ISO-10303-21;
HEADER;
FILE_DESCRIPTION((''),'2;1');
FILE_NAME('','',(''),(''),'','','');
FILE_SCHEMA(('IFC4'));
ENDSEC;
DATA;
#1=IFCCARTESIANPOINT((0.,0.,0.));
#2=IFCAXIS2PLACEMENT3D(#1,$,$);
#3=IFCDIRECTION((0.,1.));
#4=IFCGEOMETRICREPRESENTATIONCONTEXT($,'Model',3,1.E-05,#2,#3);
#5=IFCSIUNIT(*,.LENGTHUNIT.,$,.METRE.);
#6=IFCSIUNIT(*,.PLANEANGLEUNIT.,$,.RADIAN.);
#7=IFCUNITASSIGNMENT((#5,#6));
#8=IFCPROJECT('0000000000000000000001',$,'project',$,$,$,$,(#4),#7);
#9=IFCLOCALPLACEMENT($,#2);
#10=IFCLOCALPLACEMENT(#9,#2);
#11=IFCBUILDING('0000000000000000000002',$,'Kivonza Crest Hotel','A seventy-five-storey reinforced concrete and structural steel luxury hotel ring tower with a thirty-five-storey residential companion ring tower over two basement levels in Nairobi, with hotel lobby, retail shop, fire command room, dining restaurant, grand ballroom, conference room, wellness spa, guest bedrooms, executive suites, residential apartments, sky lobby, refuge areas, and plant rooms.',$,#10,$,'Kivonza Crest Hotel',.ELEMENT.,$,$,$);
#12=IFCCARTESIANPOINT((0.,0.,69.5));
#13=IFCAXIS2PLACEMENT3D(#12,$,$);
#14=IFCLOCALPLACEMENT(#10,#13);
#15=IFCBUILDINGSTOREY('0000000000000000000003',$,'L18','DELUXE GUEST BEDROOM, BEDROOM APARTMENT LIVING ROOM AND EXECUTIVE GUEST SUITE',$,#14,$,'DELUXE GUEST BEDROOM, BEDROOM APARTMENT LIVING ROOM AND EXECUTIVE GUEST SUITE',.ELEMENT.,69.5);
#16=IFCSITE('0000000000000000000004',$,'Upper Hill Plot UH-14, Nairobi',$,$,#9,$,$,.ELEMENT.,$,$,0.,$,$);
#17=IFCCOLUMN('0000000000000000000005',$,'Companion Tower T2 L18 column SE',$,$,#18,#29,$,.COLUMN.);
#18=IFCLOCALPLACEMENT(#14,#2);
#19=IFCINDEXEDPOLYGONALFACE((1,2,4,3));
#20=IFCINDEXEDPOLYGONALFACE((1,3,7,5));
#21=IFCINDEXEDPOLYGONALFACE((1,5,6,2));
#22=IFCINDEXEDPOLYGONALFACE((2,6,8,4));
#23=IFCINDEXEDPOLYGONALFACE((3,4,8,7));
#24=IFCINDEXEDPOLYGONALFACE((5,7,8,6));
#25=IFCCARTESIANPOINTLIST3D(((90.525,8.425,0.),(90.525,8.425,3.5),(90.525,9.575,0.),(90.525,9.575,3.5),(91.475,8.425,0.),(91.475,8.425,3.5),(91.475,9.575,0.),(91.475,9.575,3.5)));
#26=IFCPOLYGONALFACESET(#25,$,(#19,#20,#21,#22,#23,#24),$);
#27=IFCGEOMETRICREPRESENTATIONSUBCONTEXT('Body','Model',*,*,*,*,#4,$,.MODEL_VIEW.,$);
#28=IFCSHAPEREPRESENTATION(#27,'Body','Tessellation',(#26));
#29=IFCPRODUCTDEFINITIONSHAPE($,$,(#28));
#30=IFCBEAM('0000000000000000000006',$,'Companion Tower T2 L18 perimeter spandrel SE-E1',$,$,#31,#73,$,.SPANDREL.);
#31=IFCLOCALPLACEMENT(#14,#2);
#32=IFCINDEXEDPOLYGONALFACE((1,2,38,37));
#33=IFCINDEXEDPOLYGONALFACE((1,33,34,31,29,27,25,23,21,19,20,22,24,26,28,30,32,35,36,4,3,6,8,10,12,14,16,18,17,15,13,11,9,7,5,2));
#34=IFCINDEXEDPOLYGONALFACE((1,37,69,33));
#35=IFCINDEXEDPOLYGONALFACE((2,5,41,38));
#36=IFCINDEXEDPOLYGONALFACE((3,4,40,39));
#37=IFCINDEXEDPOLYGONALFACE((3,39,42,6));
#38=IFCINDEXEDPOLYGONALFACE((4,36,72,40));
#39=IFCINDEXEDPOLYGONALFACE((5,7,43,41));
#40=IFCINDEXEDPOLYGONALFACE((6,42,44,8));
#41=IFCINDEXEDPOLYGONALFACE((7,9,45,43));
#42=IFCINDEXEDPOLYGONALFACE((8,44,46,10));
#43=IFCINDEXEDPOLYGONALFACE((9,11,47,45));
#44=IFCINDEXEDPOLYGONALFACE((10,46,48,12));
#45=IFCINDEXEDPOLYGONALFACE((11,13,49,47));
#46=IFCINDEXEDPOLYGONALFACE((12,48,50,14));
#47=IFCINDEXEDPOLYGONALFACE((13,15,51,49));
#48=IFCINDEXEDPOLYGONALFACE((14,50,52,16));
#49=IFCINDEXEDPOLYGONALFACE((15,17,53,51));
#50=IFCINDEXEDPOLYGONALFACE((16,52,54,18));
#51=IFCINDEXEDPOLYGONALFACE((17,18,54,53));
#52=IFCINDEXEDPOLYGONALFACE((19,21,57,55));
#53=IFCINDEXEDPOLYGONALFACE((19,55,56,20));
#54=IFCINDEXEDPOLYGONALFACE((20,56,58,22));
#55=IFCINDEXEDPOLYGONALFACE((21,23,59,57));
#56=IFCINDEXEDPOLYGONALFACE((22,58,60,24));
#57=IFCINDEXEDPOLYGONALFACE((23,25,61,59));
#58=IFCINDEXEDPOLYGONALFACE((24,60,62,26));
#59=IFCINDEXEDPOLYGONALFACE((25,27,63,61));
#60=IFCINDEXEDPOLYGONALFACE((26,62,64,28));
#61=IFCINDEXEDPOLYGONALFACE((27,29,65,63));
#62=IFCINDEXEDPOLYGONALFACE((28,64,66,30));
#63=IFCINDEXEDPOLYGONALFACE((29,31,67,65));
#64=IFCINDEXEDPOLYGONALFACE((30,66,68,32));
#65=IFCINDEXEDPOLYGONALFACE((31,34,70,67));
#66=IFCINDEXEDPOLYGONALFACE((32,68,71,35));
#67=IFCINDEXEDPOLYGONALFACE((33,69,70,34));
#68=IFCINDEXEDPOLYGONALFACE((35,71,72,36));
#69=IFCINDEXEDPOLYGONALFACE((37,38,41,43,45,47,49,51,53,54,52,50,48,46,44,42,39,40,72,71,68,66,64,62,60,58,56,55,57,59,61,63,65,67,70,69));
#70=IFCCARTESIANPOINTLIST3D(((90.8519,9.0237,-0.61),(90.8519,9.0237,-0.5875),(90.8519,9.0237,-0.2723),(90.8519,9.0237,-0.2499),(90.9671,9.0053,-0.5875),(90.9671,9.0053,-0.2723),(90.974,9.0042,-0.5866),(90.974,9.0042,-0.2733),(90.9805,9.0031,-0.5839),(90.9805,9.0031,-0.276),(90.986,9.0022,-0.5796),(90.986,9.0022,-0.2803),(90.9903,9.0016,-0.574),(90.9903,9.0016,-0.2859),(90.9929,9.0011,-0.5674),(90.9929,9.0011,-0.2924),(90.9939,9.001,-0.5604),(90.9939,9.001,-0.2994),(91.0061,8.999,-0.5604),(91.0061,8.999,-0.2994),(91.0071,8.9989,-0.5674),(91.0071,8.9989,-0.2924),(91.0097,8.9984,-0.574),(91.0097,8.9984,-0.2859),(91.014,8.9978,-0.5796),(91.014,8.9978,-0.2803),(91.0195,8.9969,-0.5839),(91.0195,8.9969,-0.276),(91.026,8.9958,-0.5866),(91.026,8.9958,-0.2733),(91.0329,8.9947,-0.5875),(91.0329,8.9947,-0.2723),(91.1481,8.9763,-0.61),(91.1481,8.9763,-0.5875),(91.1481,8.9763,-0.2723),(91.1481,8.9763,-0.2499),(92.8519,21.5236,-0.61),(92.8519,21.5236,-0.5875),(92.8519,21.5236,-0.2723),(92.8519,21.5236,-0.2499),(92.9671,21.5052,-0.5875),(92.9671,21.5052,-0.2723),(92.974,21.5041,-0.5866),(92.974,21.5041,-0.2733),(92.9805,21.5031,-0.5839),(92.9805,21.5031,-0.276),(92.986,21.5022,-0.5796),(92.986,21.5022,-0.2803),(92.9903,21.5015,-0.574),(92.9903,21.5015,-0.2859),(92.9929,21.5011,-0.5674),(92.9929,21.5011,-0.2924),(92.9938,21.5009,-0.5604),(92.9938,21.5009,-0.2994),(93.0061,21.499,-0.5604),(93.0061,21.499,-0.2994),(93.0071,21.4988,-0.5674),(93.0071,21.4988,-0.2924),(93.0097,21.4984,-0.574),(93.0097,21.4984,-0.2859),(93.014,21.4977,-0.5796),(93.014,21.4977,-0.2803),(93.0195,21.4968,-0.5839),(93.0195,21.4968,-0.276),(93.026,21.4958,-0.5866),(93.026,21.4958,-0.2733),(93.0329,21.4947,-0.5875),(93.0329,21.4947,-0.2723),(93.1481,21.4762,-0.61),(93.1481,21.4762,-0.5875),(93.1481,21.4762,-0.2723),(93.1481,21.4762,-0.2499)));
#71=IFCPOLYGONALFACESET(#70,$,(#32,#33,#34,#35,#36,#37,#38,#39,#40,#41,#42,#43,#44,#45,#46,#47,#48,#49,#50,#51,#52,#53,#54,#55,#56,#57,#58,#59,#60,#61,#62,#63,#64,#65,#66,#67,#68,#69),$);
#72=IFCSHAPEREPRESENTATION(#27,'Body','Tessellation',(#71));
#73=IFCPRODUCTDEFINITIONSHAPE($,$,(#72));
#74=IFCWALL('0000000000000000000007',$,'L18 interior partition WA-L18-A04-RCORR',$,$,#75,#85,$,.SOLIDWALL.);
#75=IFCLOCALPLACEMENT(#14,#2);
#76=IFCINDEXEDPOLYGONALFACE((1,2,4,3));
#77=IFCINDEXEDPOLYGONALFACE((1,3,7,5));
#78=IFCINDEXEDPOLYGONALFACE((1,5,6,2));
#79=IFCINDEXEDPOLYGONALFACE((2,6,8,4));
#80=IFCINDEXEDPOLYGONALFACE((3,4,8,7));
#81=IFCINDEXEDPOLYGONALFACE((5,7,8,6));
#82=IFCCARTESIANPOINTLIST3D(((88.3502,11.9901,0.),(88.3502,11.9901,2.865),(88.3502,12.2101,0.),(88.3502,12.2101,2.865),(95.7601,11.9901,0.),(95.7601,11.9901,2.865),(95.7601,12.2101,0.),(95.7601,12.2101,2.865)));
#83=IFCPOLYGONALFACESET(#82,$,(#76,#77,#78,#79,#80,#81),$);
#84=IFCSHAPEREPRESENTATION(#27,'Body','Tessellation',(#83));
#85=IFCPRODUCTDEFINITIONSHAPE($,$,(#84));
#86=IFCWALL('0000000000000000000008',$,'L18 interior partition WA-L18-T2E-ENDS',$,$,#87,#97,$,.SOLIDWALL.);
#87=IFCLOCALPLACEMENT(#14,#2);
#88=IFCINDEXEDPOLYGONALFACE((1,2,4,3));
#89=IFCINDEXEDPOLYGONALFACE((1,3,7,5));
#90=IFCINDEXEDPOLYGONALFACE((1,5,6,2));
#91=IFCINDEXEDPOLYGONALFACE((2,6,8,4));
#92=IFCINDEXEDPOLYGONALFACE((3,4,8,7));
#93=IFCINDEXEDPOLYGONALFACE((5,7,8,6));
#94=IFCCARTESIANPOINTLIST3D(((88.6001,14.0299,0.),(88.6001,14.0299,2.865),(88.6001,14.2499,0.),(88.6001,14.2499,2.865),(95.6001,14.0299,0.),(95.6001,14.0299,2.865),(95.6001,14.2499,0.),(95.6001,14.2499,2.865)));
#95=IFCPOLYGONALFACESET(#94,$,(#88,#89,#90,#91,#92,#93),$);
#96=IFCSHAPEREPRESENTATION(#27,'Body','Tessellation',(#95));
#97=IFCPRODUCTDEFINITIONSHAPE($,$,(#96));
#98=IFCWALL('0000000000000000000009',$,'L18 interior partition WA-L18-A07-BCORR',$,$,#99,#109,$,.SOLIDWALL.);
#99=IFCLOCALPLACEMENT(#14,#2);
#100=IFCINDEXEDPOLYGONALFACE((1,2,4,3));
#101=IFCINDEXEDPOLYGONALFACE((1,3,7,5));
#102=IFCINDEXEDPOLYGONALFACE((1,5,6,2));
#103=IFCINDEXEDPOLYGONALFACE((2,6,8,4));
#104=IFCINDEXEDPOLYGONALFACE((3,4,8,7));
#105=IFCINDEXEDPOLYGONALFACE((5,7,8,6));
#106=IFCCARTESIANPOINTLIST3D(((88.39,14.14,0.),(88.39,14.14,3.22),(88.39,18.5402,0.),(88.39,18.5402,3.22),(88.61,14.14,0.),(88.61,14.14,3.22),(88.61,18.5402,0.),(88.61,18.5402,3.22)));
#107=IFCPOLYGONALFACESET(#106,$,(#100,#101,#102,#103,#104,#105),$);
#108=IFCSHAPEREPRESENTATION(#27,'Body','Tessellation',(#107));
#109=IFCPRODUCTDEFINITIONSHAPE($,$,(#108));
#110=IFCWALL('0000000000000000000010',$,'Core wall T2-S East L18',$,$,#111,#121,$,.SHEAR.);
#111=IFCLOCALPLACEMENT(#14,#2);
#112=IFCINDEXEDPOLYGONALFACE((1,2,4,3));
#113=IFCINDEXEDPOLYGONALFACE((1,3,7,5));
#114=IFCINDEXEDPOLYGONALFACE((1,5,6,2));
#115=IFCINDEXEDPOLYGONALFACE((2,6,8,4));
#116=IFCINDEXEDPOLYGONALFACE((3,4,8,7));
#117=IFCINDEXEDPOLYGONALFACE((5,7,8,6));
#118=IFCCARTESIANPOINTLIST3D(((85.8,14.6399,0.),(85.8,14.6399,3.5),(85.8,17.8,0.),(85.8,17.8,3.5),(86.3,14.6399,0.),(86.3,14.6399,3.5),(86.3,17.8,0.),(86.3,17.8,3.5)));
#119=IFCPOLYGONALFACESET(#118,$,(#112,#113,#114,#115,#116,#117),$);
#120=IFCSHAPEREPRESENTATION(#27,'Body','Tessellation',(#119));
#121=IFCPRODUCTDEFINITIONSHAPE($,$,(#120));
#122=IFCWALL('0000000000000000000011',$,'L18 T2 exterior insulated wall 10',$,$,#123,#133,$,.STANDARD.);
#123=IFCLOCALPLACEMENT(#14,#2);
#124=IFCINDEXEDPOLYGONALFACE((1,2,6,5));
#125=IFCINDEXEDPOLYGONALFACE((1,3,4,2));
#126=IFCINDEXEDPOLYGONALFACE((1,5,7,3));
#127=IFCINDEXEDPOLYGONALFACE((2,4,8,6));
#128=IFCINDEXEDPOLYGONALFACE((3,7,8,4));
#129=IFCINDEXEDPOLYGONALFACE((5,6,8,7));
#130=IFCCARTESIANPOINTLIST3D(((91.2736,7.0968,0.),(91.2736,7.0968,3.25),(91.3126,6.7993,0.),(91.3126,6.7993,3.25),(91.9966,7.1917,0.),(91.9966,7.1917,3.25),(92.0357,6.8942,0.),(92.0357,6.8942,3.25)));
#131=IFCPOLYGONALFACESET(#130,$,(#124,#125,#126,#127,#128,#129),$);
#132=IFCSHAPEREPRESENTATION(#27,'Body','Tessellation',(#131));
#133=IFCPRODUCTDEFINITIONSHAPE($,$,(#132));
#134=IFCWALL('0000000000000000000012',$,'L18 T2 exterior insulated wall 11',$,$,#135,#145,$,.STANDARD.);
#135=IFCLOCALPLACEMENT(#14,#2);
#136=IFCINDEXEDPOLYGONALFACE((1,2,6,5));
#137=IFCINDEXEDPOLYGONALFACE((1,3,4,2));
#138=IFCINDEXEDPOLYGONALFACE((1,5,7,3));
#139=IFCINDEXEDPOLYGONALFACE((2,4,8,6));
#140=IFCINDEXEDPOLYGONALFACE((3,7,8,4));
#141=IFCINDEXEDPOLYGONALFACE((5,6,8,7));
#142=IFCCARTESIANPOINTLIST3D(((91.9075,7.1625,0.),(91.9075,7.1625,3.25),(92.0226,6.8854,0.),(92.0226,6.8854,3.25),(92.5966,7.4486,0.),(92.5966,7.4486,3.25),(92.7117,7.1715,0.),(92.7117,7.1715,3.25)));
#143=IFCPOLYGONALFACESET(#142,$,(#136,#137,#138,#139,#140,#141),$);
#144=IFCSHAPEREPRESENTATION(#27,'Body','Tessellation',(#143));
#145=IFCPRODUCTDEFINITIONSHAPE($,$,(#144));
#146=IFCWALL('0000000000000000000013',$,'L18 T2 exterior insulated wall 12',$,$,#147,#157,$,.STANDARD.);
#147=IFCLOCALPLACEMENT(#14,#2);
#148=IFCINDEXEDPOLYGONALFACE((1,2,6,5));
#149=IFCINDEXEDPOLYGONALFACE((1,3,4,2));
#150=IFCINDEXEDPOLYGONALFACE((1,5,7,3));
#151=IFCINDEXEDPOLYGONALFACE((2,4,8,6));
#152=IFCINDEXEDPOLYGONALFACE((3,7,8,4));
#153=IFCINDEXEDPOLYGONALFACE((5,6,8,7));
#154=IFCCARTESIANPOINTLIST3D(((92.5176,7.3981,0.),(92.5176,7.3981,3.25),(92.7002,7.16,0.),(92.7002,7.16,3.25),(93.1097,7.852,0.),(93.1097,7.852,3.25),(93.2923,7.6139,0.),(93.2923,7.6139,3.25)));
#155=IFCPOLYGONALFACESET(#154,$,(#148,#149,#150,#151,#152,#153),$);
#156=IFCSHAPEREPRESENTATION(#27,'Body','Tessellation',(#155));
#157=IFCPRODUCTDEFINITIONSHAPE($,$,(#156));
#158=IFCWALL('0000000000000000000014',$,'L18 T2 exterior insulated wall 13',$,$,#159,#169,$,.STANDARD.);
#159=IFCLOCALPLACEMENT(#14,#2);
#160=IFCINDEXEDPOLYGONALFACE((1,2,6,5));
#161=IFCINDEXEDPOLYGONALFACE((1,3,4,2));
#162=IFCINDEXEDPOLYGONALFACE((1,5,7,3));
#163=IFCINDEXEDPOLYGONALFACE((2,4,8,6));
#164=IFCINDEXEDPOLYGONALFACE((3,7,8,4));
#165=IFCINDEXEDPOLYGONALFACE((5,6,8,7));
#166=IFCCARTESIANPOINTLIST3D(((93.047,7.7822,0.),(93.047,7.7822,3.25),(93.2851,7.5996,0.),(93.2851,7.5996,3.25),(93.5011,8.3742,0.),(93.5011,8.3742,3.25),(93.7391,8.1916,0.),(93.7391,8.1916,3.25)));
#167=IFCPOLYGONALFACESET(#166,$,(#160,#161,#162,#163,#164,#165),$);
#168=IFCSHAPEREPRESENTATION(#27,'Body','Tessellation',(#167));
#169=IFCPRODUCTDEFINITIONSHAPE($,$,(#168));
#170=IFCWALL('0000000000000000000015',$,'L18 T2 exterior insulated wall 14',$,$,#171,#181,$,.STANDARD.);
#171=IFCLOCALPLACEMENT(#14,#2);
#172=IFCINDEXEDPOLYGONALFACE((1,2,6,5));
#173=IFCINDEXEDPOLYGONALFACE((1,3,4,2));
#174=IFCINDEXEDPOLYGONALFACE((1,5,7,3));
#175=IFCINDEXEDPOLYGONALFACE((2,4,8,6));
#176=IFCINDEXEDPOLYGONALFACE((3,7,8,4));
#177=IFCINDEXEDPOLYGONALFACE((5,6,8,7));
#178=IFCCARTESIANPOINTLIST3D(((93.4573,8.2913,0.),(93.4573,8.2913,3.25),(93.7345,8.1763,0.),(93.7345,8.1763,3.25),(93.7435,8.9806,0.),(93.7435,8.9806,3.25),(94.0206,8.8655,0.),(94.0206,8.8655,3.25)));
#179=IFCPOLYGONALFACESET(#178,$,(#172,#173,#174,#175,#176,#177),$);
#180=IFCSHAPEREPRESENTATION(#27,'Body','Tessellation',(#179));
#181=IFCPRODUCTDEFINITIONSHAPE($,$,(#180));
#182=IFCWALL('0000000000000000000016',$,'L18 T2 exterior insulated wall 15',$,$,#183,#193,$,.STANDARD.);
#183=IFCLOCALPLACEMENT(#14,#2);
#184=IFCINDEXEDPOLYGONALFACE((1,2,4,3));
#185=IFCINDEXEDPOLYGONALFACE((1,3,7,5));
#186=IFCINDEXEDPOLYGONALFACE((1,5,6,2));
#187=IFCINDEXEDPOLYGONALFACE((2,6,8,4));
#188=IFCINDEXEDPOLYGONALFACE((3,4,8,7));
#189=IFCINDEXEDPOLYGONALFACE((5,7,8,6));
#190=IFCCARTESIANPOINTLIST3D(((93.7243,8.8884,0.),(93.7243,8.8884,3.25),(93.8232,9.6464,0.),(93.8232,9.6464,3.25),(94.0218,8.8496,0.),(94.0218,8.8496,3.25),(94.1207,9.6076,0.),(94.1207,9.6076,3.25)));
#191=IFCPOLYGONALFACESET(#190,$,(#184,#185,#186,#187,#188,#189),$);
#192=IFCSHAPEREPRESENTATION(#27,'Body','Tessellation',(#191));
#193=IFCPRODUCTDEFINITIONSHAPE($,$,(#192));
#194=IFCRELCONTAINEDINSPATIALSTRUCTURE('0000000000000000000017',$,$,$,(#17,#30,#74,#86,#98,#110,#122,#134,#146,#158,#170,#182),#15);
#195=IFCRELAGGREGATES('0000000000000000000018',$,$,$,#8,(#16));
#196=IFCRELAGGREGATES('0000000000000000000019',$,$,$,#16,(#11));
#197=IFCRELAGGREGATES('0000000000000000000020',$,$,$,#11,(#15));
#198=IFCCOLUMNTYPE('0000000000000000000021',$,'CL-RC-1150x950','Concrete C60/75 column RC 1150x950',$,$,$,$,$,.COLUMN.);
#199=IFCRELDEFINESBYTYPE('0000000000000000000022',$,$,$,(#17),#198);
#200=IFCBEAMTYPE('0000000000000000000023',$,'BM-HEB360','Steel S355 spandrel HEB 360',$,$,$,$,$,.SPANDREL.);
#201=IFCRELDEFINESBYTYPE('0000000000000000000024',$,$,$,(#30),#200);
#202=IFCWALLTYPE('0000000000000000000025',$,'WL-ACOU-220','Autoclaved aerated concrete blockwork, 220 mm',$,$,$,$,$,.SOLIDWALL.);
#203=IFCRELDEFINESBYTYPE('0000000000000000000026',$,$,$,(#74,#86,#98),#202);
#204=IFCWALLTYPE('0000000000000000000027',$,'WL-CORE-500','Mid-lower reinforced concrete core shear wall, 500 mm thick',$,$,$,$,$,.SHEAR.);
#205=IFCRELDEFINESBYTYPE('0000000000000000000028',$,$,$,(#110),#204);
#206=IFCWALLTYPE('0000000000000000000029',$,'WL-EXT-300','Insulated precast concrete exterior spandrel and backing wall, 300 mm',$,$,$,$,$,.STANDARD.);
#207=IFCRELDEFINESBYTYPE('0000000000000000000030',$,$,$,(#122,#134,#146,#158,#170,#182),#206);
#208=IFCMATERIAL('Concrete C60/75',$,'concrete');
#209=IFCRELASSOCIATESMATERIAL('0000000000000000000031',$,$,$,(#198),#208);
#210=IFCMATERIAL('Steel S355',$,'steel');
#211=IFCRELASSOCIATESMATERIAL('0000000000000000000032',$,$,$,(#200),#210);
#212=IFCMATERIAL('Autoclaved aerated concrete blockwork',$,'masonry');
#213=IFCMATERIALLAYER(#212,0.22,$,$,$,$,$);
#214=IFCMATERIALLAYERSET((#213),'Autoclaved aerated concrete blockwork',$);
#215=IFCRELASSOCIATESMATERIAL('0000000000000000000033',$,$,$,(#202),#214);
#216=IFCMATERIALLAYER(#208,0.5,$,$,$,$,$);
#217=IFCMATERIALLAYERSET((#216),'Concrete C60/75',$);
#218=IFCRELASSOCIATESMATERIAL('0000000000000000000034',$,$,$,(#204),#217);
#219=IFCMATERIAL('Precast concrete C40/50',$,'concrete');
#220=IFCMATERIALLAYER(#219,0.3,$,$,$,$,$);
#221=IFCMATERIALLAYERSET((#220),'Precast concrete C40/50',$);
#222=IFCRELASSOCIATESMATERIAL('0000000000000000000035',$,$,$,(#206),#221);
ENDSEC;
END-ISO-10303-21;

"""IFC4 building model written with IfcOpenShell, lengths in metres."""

from ifc_helpers import new_model, si_unit, direction, frame, frame_2d, origin, origin_2d, place, context, subcontext, project, spatial, rectangle, i_section, extrude, material, layer, layer_set, material_profile, profile_set, type_object, element, save


model = new_model("IFC4")

# Units and contexts
model_context = context("Model", 3, precision=1e-05, world=origin(), true_north=direction((0.0, 1.0)))
body_context = subcontext(model_context, "Body", "Model", "MODEL_VIEW")
ifc_project = project(units=[si_unit("LENGTHUNIT", "METRE"), si_unit("PLANEANGLEUNIT", "RADIAN")], contexts=[model_context])

# Site, building, storey
site_placement = place(None, origin())
site = spatial("IfcSite", under=ifc_project, at=site_placement, Name="Upper Hill Plot UH-14, Nairobi", CompositionType="ELEMENT", RefElevation=0.0)
building_placement = place(site_placement, origin())
building = spatial("IfcBuilding", under=site, at=building_placement, Name="Kivonza Crest Hotel", Description="A seventy-five-storey reinforced concrete and structural steel luxury hotel ring tower with a thirty-five-storey residential companion ring tower over two basement levels in Nairobi, with hotel lobby, retail shop, fire command room, dining restaurant, grand ballroom, conference room, wellness spa, guest bedrooms, executive suites, residential apartments, sky lobby, refuge areas, and plant rooms.", LongName="Kivonza Crest Hotel", CompositionType="ELEMENT")
storey_placement = place(building_placement, frame((0.0, 0.0, 69.5)))
storey = spatial("IfcBuildingStorey", under=building, at=storey_placement, Name="L18", Description="DELUXE GUEST BEDROOM, BEDROOM APARTMENT LIVING ROOM AND EXECUTIVE GUEST SUITE", LongName="DELUXE GUEST BEDROOM, BEDROOM APARTMENT LIVING ROOM AND EXECUTIVE GUEST SUITE", CompositionType="ELEMENT", Elevation=69.5)

# Column
ifc_material_1 = material(Name="Concrete C60/75", Category="concrete")
ifc_material_profile_1 = material_profile(ifc_material_1, rectangle(XDim=0.95, YDim=1.1499, at=origin_2d()), Name="RC 1150x950")
ifc_profile_set_1 = profile_set([ifc_material_profile_1], Name="Concrete C60/75")
column_type = type_object("IfcColumnType", Name="CL-RC-1150x950", Description="Concrete C60/75 column RC 1150x950", PredefinedType="COLUMN", material=ifc_profile_set_1)
column_placement = place(storey_placement, frame((91.0, 9.0, 0.0), z_axis=(0.0, 0.0, 1.0), x_axis=(1.0, 0.0, 0.0)))
element("IfcColumn", 1, at=column_placement, inside=storey, type_object=column_type, Name="Companion Tower T2 L18 column SE", PredefinedType="COLUMN", context=body_context, shape_type="SweptSolid", body=[
    extrude(rectangle(XDim=0.95, YDim=1.1499, at=origin_2d()), origin(), (0.0, 0.0, 1.0), 3.5),
])

# Beam
ifc_material_2 = material(Name="Steel S355", Category="steel")
ifc_material_profile_2 = material_profile(ifc_material_2, i_section(OverallWidth=0.3, OverallDepth=0.3601, WebThickness=0.0125, FlangeThickness=0.0225, FilletRadius=0.0271, at=origin_2d()), Name="HEB 360")
ifc_profile_set_2 = profile_set([ifc_material_profile_2], Name="Steel S355")
beam_type = type_object("IfcBeamType", Name="BM-HEB360", Description="Steel S355 spandrel HEB 360", PredefinedType="SPANDREL", material=ifc_profile_set_2)
beam_placement = place(storey_placement, frame((91.0, 9.0, -0.4299), z_axis=(0.157991, 0.987441, 0.0), x_axis=(-0.987441, 0.157991, 0.0)))
element("IfcBeam", 2, at=beam_placement, inside=storey, type_object=beam_type, Name="Companion Tower T2 L18 perimeter spandrel SE-E1", PredefinedType="SPANDREL", context=body_context, shape_type="SweptSolid", body=[
    extrude(i_section(OverallWidth=0.3, OverallDepth=0.3601, WebThickness=0.0125, FlangeThickness=0.0225, FilletRadius=0.0271, at=origin_2d()), origin(), (0.0, 0.0, 1.0), 12.6589),
])

# Walls
ifc_material_3 = material(Name="Autoclaved aerated concrete blockwork", Category="masonry")
ifc_layer_1 = layer(ifc_material_3, 0.22)
ifc_layer_set_1 = layer_set([ifc_layer_1], Name="Autoclaved aerated concrete blockwork")
wall_type_1 = type_object("IfcWallType", Name="WL-ACOU-220", Description="Autoclaved aerated concrete blockwork, 220 mm", PredefinedType="SOLIDWALL", material=ifc_layer_set_1)
wall_1_placement = place(storey_placement, frame((88.3501, 12.1001, 0.0), z_axis=(0.0, 0.0, 1.0), x_axis=(1.0, 0.0, 0.0)))
element("IfcWall", 3, at=wall_1_placement, inside=storey, type_object=wall_type_1, Name="L18 interior partition WA-L18-A04-RCORR", PredefinedType="SOLIDWALL", context=body_context, shape_type="SweptSolid", body=[
    extrude(rectangle(XDim=7.4099, YDim=0.22, at=frame_2d((3.7051, 0.0))), origin(), (0.0, 0.0, 1.0), 2.865),
])
wall_2_placement = place(storey_placement, frame((88.6001, 14.1399, 0.0), z_axis=(0.0, 0.0, 1.0), x_axis=(1.0, 0.0, 0.0)))
element("IfcWall", 4, at=wall_2_placement, inside=storey, type_object=wall_type_1, Name="L18 interior partition WA-L18-T2E-ENDS", PredefinedType="SOLIDWALL", context=body_context, shape_type="SweptSolid", body=[
    extrude(rectangle(XDim=7.0, YDim=0.22, at=frame_2d((3.5, 0.0))), origin(), (0.0, 0.0, 1.0), 2.865),
])
wall_3_placement = place(storey_placement, frame((88.5, 14.1399, 0.0), z_axis=(0.0, 0.0, 1.0), x_axis=(0.0, 1.0, 0.0)))
element("IfcWall", 5, at=wall_3_placement, inside=storey, type_object=wall_type_1, Name="L18 interior partition WA-L18-A07-BCORR", PredefinedType="SOLIDWALL", context=body_context, shape_type="SweptSolid", body=[
    extrude(rectangle(XDim=4.4001, YDim=0.22, at=frame_2d((2.2002, 0.0))), origin(), (0.0, 0.0, 1.0), 3.22),
])
ifc_layer_2 = layer(ifc_material_1, 0.5)
ifc_layer_set_2 = layer_set([ifc_layer_2], Name="Concrete C60/75")
wall_type_2 = type_object("IfcWallType", Name="WL-CORE-500", Description="Mid-lower reinforced concrete core shear wall, 500 mm thick", PredefinedType="SHEAR", material=ifc_layer_set_2)
wall_4_placement = place(storey_placement, frame((86.05, 14.6399, 0.0), z_axis=(0.0, 0.0, 1.0), x_axis=(0.0, 1.0, 0.0)))
element("IfcWall", 6, at=wall_4_placement, inside=storey, type_object=wall_type_2, Name="Core wall T2-S East L18", PredefinedType="SHEAR", context=body_context, shape_type="SweptSolid", body=[
    extrude(rectangle(XDim=3.1602, YDim=0.5, at=frame_2d((1.5801, 0.0))), origin(), (0.0, 0.0, 1.0), 3.5),
])
ifc_material_4 = material(Name="Precast concrete C40/50", Category="concrete")
ifc_layer_3 = layer(ifc_material_4, 0.3)
ifc_layer_set_3 = layer_set([ifc_layer_3], Name="Precast concrete C40/50")
wall_type_3 = type_object("IfcWallType", Name="WL-EXT-300", Description="Insulated precast concrete exterior spandrel and backing wall, 300 mm", PredefinedType="STANDARD", material=ifc_layer_set_3)
wall_5_placement = place(storey_placement, frame((91.293, 6.948, 0.0), z_axis=(0.0, 0.0, 1.0), x_axis=(0.991486, 0.130212, 0.0)))
element("IfcWall", 7, at=wall_5_placement, inside=storey, type_object=wall_type_3, Name="L18 T2 exterior insulated wall 10", PredefinedType="STANDARD", context=body_context, shape_type="SweptSolid", body=[
    extrude(rectangle(XDim=0.7292, YDim=0.3, at=frame_2d((0.3647, 0.0))), origin(), (0.0, 0.0, 1.0), 3.25),
])
for number, where, z_axis, x_axis, name in (
    (8, (91.9651, 7.0239, 0.0), (0.0, 0.0, 1.0), (0.923522, 0.383546, 0.0), "L18 T2 exterior insulated wall 11"),
    (9, (92.6089, 7.2791, 0.0), (0.0, 0.0, 1.0), (0.793633, 0.608397, 0.0), "L18 T2 exterior insulated wall 12"),
    (10, (93.166, 7.6909, 0.0), (0.0, 0.0, 1.0), (0.608603, 0.793475, 0.0), "L18 T2 exterior insulated wall 13"),
):
    element("IfcWall", number, at=place(storey_placement, frame(where, z_axis=z_axis, x_axis=x_axis)), inside=storey, type_object=wall_type_3, Name=name, PredefinedType="STANDARD", context=body_context, shape_type="SweptSolid", body=[
        extrude(rectangle(XDim=0.7461, YDim=0.3, at=frame_2d((0.373, 0.0))), origin(), (0.0, 0.0, 1.0), 3.25),
    ])
wall_6_placement = place(storey_placement, frame((93.5959, 8.2339, 0.0), z_axis=(0.0, 0.0, 1.0), x_axis=(0.38343, 0.92357, 0.0)))
element("IfcWall", 11, at=wall_6_placement, inside=storey, type_object=wall_type_3, Name="L18 T2 exterior insulated wall 14", PredefinedType="STANDARD", context=body_context, shape_type="SweptSolid", body=[
    extrude(rectangle(XDim=0.7463, YDim=0.3, at=frame_2d((0.373, 0.0))), origin(), (0.0, 0.0, 1.0), 3.25),
])
wall_7_placement = place(storey_placement, frame((93.873, 8.8689, 0.0), z_axis=(0.0, 0.0, 1.0), x_axis=(0.129339, 0.9916, 0.0)))
element("IfcWall", 12, at=wall_7_placement, inside=storey, type_object=wall_type_3, Name="L18 T2 exterior insulated wall 15", PredefinedType="STANDARD", context=body_context, shape_type="SweptSolid", body=[
    extrude(rectangle(XDim=0.7644, YDim=0.3, at=frame_2d((0.3823, 0.0))), origin(), (0.0, 0.0, 1.0), 3.25),
])

save(model, "model.ifc")
